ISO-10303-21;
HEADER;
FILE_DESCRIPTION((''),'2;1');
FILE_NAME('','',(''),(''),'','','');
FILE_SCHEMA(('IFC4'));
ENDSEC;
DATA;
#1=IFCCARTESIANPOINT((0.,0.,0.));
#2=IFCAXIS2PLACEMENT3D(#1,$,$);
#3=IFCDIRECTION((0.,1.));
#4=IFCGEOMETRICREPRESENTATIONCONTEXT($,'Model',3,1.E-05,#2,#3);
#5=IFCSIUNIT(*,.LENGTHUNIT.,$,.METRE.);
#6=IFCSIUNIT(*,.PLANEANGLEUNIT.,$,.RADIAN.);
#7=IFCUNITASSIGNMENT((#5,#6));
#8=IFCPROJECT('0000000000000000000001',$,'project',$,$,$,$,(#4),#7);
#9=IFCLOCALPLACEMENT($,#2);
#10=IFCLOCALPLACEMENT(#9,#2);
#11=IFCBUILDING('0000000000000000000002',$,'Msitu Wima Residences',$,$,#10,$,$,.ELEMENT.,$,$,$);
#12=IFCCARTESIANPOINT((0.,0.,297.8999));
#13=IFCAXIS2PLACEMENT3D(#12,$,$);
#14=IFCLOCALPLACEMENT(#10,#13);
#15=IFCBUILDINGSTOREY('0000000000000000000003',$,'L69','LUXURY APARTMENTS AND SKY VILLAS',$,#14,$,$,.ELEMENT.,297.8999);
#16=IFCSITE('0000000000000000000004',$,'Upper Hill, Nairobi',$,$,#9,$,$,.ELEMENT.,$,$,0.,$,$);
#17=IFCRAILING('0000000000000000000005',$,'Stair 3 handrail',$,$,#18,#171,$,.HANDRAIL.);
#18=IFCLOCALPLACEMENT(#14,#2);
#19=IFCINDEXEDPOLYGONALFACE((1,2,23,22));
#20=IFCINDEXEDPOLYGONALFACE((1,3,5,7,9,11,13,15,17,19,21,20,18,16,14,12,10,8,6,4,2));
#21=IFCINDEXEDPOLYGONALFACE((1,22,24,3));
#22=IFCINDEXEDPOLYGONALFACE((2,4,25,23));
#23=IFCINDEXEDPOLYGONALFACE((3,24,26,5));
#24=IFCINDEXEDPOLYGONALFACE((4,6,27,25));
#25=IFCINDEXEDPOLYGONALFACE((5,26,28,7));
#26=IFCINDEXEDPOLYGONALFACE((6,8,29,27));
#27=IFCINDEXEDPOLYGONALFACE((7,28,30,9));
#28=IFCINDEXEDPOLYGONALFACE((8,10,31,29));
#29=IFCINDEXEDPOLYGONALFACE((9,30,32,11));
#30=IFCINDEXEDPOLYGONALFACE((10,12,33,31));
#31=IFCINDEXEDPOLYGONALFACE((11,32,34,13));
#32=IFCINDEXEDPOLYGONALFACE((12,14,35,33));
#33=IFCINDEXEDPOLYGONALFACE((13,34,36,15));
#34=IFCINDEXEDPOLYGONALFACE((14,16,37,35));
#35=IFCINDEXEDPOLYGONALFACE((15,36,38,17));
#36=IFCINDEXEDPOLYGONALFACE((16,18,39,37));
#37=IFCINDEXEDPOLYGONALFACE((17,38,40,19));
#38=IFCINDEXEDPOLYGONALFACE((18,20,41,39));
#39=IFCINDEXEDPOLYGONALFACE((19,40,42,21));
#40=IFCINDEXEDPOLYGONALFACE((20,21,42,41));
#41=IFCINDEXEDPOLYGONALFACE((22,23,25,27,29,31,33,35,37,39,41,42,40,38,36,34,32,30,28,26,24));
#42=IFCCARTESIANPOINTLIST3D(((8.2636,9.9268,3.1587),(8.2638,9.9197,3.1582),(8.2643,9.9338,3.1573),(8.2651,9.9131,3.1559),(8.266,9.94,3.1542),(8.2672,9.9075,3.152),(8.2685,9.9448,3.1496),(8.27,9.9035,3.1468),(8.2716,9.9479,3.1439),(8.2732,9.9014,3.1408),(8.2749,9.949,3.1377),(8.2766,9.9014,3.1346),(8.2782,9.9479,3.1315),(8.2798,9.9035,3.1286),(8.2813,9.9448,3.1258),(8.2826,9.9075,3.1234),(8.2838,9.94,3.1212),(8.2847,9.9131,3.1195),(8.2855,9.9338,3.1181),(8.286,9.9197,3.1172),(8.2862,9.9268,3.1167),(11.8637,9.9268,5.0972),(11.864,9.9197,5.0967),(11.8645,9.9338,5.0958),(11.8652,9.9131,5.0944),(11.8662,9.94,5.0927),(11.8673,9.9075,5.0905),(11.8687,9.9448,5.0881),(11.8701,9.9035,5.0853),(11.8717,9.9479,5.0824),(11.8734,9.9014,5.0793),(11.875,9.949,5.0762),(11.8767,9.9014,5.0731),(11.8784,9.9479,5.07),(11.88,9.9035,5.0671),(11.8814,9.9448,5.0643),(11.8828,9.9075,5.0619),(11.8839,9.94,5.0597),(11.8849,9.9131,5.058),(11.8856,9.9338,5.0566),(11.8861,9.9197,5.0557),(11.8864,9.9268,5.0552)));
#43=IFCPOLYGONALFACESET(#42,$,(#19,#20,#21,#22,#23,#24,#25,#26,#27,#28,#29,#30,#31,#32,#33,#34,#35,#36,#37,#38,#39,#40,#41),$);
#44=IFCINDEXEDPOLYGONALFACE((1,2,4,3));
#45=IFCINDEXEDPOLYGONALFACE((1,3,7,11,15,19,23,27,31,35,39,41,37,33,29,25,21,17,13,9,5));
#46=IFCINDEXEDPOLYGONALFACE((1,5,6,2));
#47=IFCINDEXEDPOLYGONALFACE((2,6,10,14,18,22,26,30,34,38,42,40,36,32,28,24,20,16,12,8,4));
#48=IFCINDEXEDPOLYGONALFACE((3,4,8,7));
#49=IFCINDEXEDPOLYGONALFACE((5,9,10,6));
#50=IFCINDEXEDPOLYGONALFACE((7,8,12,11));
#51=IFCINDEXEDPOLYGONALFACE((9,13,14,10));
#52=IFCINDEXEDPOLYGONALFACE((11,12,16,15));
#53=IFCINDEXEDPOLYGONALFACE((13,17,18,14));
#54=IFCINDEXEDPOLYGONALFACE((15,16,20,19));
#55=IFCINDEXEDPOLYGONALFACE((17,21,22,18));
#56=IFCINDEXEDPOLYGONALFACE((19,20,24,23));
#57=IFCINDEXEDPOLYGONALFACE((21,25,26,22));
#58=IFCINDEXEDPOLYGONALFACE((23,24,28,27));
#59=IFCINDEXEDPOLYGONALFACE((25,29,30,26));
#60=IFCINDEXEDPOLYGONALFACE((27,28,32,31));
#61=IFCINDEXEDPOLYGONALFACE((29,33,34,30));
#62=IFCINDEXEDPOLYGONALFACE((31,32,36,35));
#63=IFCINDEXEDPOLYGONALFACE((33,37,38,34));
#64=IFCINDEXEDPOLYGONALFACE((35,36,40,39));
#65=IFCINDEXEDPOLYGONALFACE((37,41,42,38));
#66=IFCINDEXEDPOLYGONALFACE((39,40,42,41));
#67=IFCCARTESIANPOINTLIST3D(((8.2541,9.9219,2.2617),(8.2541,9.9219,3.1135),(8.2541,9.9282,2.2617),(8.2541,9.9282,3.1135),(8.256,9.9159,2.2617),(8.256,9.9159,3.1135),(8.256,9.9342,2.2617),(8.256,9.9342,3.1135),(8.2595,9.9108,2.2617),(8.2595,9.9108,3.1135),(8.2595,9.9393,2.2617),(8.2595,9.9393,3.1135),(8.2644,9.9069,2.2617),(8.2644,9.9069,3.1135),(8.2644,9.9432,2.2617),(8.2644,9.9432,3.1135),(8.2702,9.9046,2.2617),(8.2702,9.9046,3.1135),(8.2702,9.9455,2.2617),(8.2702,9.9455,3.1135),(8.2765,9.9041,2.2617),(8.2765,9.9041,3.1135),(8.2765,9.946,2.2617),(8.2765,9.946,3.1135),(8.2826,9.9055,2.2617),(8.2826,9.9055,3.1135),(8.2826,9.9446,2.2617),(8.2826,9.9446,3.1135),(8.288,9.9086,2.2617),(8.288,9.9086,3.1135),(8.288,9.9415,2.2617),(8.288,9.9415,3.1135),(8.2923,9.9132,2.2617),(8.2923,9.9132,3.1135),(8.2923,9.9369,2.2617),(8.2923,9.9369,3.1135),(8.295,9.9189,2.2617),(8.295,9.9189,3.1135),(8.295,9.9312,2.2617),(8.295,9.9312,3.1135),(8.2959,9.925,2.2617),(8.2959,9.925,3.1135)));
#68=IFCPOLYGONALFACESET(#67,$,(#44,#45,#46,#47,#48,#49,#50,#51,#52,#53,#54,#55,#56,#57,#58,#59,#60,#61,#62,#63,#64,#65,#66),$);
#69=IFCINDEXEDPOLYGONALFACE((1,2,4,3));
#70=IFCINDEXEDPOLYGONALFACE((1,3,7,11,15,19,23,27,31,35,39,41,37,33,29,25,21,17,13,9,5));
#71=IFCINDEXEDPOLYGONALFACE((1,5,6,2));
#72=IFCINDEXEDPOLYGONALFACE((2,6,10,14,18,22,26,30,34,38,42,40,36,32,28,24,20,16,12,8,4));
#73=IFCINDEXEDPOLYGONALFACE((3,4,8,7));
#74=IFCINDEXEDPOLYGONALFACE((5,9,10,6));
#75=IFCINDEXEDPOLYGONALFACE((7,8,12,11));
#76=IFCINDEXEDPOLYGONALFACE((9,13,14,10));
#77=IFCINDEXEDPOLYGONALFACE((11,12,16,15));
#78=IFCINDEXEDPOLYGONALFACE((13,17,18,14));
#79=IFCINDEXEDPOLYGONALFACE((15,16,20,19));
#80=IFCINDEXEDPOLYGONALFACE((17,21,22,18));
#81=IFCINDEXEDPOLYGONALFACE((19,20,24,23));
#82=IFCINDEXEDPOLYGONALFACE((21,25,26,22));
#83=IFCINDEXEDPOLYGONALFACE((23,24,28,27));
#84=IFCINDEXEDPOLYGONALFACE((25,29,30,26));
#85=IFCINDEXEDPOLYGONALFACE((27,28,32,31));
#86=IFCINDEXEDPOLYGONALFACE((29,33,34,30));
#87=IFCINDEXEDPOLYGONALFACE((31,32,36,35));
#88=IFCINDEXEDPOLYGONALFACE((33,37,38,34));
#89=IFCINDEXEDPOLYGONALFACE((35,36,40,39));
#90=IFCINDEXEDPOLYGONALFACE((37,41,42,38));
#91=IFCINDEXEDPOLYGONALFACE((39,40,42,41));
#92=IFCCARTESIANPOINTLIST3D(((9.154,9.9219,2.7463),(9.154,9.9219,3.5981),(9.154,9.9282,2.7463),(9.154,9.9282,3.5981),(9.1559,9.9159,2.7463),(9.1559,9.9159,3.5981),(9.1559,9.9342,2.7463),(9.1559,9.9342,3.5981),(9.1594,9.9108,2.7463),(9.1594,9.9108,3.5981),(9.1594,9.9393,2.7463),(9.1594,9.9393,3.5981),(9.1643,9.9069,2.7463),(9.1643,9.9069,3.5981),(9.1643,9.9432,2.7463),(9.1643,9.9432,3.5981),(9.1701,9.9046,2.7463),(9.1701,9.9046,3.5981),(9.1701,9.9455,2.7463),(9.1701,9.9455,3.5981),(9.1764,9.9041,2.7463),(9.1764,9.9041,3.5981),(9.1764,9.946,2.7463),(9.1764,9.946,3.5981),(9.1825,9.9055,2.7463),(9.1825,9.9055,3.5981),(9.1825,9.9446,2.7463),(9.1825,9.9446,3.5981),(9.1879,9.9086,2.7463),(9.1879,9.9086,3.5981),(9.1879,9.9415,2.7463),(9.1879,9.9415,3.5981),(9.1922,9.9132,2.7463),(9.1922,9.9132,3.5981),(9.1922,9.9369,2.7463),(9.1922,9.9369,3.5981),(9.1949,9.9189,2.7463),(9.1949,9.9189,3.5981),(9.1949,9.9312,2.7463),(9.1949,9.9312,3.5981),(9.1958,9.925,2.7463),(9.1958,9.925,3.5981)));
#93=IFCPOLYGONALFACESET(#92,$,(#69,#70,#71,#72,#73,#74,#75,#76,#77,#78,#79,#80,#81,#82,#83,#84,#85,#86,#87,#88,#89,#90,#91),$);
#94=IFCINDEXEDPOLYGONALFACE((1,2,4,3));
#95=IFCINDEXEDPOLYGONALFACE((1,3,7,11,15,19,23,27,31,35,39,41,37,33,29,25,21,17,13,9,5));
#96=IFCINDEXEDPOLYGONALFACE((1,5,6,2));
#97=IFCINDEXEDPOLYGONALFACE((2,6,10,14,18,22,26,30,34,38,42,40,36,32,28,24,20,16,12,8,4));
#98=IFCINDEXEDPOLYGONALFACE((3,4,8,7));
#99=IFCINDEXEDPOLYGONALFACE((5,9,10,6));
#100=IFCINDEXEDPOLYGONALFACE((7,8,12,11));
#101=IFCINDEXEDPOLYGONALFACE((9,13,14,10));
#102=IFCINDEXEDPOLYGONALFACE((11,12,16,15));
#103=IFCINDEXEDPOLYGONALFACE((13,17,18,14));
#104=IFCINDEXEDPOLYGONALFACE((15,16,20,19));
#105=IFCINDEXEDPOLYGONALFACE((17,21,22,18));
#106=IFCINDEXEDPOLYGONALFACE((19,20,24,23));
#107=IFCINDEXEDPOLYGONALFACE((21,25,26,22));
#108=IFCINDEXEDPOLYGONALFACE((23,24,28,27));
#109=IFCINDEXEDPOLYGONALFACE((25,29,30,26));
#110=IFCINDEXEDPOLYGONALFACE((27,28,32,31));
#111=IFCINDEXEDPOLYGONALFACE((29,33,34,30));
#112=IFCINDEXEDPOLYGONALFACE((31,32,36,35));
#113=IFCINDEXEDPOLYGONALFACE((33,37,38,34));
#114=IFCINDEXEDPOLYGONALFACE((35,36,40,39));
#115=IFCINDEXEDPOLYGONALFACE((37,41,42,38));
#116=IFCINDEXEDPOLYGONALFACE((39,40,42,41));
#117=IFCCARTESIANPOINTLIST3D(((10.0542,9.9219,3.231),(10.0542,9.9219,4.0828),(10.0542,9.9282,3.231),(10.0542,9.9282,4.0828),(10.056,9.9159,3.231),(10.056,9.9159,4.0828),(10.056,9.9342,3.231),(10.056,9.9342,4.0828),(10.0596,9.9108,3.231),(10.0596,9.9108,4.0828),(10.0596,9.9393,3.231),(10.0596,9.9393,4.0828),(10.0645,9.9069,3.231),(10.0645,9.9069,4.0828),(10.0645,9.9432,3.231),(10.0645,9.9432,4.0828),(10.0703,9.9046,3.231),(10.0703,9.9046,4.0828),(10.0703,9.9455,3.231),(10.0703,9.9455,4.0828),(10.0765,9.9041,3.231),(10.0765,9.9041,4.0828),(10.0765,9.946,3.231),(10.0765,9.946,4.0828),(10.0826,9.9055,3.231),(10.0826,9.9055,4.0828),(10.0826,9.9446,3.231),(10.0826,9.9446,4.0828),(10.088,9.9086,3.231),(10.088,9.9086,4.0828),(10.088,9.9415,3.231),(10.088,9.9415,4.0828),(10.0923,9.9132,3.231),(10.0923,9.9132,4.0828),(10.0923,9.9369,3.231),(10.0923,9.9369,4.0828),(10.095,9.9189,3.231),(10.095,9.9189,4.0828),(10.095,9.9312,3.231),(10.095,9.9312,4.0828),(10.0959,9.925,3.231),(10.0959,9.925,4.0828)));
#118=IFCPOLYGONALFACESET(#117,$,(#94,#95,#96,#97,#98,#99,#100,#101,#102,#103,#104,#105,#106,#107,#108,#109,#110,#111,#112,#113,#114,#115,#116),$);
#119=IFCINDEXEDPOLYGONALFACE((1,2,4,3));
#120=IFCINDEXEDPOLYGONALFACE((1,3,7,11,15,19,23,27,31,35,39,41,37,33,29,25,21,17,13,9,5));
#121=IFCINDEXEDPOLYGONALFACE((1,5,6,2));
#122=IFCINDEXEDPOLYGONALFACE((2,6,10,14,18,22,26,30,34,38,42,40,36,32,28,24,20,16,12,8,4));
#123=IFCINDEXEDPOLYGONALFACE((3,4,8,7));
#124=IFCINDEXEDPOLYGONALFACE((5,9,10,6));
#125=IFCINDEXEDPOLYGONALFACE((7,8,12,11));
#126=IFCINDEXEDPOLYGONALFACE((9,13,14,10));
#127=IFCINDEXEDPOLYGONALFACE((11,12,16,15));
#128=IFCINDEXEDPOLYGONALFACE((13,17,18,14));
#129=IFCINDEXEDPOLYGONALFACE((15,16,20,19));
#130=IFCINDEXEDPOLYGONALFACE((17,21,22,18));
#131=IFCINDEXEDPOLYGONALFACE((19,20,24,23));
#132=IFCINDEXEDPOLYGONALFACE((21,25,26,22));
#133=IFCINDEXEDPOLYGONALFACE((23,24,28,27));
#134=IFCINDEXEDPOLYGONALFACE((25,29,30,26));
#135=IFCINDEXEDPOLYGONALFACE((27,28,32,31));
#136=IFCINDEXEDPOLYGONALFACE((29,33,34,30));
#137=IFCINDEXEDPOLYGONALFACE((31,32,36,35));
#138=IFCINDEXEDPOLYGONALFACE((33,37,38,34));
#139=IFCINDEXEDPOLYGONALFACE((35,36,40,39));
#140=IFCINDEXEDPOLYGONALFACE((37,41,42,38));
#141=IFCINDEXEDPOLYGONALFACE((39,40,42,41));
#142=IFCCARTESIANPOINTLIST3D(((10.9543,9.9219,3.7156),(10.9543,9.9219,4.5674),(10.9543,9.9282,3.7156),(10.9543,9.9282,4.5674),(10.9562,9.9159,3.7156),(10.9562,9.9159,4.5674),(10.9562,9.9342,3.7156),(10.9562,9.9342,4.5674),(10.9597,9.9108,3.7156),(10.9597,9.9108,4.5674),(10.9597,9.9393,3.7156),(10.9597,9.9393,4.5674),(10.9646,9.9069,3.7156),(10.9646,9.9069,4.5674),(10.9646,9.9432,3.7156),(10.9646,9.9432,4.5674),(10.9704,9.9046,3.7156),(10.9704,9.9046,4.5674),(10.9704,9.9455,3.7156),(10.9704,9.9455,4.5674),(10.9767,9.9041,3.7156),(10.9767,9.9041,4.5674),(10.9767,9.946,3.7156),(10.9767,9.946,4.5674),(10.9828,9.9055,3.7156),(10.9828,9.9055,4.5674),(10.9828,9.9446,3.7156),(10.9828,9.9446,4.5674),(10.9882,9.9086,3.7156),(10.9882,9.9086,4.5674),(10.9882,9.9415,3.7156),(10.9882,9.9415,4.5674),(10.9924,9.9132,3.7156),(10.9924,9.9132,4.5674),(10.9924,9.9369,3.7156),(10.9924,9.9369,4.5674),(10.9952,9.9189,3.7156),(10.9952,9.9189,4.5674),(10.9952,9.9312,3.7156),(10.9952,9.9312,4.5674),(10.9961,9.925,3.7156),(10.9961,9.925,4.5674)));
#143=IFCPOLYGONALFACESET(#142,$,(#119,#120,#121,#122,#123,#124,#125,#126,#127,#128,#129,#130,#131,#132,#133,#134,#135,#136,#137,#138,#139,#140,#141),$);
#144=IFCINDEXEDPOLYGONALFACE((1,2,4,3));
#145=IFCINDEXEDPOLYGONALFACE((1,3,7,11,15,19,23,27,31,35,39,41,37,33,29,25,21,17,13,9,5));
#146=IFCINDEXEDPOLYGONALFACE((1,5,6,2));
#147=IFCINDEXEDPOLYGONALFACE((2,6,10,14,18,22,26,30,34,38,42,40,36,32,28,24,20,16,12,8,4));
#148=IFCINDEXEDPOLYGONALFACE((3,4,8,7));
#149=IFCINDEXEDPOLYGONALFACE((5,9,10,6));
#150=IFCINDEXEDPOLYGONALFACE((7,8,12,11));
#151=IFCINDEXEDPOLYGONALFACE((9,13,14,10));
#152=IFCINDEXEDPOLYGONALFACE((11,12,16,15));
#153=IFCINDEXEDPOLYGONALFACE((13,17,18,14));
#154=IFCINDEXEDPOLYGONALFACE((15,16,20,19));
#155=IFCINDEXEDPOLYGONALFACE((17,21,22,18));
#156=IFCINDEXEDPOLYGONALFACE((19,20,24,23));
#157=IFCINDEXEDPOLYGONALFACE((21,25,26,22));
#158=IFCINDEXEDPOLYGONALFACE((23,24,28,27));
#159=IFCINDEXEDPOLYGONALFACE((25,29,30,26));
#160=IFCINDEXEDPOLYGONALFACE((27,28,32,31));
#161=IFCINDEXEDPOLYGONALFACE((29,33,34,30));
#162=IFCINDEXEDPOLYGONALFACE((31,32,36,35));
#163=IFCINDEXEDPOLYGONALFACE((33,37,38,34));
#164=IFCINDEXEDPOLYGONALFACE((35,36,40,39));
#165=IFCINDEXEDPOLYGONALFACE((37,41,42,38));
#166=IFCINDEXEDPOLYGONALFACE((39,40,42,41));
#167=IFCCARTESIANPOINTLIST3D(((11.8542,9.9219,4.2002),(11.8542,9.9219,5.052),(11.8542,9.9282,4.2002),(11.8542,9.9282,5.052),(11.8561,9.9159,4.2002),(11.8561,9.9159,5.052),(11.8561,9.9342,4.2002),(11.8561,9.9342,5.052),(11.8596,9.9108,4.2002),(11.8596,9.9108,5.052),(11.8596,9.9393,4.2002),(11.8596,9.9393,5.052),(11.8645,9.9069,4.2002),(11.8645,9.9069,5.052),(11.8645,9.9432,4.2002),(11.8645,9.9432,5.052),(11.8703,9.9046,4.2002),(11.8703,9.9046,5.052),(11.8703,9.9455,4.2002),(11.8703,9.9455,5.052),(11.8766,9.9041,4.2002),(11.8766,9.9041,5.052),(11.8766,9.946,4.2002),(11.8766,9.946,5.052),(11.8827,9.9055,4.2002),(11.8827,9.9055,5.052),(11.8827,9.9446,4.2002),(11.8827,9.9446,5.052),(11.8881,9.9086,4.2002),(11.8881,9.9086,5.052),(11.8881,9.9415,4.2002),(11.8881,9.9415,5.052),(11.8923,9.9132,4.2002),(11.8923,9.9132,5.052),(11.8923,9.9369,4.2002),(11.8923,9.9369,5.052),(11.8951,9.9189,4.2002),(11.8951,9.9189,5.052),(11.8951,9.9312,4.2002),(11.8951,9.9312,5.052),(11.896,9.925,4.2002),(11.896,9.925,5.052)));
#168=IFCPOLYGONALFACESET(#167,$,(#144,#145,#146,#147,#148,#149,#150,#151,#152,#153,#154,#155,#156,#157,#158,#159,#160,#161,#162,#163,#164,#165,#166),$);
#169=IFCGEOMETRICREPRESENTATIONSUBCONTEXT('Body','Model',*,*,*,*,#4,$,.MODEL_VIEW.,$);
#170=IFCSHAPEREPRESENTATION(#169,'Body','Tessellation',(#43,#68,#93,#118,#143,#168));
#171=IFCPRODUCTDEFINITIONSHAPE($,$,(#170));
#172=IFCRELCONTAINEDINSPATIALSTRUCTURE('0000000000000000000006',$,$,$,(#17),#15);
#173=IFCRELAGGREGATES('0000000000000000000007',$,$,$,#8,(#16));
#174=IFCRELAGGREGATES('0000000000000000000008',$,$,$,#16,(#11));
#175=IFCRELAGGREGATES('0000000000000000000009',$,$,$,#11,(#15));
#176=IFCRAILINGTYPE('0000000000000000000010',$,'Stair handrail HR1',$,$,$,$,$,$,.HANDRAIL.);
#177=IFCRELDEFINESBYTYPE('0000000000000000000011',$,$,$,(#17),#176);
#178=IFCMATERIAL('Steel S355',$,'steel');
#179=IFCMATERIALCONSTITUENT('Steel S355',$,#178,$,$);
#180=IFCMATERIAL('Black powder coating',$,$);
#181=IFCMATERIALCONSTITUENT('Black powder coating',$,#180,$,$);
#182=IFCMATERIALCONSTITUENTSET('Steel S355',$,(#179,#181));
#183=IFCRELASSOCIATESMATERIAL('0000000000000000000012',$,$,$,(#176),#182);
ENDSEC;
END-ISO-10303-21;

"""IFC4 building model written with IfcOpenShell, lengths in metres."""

from ifc_helpers import new_model, si_unit, direction, frame, origin, origin_2d, place, context, subcontext, project, spatial, circle, extrude, material, constituent, constituent_set, type_object, element, save


model = new_model("IFC4")

# Units and contexts
model_context = context("Model", 3, precision=1e-05, world=origin(), true_north=direction((0.0, 1.0)))
body_context = subcontext(model_context, "Body", "Model", "MODEL_VIEW")
ifc_project = project(units=[si_unit("LENGTHUNIT", "METRE"), si_unit("PLANEANGLEUNIT", "RADIAN")], contexts=[model_context])

# Site, building, storey
site_placement = place(None, origin())
site = spatial("IfcSite", under=ifc_project, at=site_placement, Name="Upper Hill, Nairobi", CompositionType="ELEMENT", RefElevation=0.0)
building_placement = place(site_placement, origin())
building = spatial("IfcBuilding", under=site, at=building_placement, Name="Msitu Wima Residences", CompositionType="ELEMENT")
storey_placement = place(building_placement, frame((0.0, 0.0, 297.8999)))
storey = spatial("IfcBuildingStorey", under=building, at=storey_placement, Name="L69", Description="LUXURY APARTMENTS AND SKY VILLAS", CompositionType="ELEMENT", Elevation=297.8999)

# Railing
ifc_material_1 = material(Name="Steel S355", Category="steel")
ifc_constituent_1 = constituent(ifc_material_1, Name="Steel S355")
ifc_material_2 = material(Name="Black powder coating")
ifc_constituent_2 = constituent(ifc_material_2, Name="Black powder coating")
ifc_constituent_set = constituent_set(constituents=[ifc_constituent_1, ifc_constituent_2], Name="Steel S355")
railing_type = type_object("IfcRailingType", Name="Stair handrail HR1", PredefinedType="HANDRAIL", material=ifc_constituent_set)
for number, where, name in (
    (1, (8.2749, 9.925, 2.2617), "Stair 3 handrail"),
):
    element("IfcRailing", number, at=place(storey_placement, frame(where)), inside=storey, type_object=railing_type, Name=name, PredefinedType="HANDRAIL", context=body_context, shape_type="SweptSolid", body=[
        extrude(circle(Radius=0.0239, at=origin_2d()), frame((0.0, 0.0, 0.876), z_axis=(0.880475, 0.0, 0.474093), x_axis=(0.0, 1.0, 0.0)), (0.0, 0.0, 1.0), 4.0889),
        extrude(circle(Radius=0.021, at=origin_2d()), origin(), (0.0, 0.0, 1.0), 0.8518),
        extrude(circle(Radius=0.021, at=origin_2d()), frame((0.8999, 0.0, 0.4846)), (0.0, 0.0, 1.0), 0.8518),
        extrude(circle(Radius=0.021, at=origin_2d()), frame((1.8, 0.0, 0.9692)), (0.0, 0.0, 1.0), 0.8518),
        extrude(circle(Radius=0.021, at=origin_2d()), frame((2.7002, 0.0, 1.4539)), (0.0, 0.0, 1.0), 0.8518),
        extrude(circle(Radius=0.021, at=origin_2d()), frame((3.6001, 0.0, 1.9385)), (0.0, 0.0, 1.0), 0.8518),
    ])

save(model, "model.ifc")
